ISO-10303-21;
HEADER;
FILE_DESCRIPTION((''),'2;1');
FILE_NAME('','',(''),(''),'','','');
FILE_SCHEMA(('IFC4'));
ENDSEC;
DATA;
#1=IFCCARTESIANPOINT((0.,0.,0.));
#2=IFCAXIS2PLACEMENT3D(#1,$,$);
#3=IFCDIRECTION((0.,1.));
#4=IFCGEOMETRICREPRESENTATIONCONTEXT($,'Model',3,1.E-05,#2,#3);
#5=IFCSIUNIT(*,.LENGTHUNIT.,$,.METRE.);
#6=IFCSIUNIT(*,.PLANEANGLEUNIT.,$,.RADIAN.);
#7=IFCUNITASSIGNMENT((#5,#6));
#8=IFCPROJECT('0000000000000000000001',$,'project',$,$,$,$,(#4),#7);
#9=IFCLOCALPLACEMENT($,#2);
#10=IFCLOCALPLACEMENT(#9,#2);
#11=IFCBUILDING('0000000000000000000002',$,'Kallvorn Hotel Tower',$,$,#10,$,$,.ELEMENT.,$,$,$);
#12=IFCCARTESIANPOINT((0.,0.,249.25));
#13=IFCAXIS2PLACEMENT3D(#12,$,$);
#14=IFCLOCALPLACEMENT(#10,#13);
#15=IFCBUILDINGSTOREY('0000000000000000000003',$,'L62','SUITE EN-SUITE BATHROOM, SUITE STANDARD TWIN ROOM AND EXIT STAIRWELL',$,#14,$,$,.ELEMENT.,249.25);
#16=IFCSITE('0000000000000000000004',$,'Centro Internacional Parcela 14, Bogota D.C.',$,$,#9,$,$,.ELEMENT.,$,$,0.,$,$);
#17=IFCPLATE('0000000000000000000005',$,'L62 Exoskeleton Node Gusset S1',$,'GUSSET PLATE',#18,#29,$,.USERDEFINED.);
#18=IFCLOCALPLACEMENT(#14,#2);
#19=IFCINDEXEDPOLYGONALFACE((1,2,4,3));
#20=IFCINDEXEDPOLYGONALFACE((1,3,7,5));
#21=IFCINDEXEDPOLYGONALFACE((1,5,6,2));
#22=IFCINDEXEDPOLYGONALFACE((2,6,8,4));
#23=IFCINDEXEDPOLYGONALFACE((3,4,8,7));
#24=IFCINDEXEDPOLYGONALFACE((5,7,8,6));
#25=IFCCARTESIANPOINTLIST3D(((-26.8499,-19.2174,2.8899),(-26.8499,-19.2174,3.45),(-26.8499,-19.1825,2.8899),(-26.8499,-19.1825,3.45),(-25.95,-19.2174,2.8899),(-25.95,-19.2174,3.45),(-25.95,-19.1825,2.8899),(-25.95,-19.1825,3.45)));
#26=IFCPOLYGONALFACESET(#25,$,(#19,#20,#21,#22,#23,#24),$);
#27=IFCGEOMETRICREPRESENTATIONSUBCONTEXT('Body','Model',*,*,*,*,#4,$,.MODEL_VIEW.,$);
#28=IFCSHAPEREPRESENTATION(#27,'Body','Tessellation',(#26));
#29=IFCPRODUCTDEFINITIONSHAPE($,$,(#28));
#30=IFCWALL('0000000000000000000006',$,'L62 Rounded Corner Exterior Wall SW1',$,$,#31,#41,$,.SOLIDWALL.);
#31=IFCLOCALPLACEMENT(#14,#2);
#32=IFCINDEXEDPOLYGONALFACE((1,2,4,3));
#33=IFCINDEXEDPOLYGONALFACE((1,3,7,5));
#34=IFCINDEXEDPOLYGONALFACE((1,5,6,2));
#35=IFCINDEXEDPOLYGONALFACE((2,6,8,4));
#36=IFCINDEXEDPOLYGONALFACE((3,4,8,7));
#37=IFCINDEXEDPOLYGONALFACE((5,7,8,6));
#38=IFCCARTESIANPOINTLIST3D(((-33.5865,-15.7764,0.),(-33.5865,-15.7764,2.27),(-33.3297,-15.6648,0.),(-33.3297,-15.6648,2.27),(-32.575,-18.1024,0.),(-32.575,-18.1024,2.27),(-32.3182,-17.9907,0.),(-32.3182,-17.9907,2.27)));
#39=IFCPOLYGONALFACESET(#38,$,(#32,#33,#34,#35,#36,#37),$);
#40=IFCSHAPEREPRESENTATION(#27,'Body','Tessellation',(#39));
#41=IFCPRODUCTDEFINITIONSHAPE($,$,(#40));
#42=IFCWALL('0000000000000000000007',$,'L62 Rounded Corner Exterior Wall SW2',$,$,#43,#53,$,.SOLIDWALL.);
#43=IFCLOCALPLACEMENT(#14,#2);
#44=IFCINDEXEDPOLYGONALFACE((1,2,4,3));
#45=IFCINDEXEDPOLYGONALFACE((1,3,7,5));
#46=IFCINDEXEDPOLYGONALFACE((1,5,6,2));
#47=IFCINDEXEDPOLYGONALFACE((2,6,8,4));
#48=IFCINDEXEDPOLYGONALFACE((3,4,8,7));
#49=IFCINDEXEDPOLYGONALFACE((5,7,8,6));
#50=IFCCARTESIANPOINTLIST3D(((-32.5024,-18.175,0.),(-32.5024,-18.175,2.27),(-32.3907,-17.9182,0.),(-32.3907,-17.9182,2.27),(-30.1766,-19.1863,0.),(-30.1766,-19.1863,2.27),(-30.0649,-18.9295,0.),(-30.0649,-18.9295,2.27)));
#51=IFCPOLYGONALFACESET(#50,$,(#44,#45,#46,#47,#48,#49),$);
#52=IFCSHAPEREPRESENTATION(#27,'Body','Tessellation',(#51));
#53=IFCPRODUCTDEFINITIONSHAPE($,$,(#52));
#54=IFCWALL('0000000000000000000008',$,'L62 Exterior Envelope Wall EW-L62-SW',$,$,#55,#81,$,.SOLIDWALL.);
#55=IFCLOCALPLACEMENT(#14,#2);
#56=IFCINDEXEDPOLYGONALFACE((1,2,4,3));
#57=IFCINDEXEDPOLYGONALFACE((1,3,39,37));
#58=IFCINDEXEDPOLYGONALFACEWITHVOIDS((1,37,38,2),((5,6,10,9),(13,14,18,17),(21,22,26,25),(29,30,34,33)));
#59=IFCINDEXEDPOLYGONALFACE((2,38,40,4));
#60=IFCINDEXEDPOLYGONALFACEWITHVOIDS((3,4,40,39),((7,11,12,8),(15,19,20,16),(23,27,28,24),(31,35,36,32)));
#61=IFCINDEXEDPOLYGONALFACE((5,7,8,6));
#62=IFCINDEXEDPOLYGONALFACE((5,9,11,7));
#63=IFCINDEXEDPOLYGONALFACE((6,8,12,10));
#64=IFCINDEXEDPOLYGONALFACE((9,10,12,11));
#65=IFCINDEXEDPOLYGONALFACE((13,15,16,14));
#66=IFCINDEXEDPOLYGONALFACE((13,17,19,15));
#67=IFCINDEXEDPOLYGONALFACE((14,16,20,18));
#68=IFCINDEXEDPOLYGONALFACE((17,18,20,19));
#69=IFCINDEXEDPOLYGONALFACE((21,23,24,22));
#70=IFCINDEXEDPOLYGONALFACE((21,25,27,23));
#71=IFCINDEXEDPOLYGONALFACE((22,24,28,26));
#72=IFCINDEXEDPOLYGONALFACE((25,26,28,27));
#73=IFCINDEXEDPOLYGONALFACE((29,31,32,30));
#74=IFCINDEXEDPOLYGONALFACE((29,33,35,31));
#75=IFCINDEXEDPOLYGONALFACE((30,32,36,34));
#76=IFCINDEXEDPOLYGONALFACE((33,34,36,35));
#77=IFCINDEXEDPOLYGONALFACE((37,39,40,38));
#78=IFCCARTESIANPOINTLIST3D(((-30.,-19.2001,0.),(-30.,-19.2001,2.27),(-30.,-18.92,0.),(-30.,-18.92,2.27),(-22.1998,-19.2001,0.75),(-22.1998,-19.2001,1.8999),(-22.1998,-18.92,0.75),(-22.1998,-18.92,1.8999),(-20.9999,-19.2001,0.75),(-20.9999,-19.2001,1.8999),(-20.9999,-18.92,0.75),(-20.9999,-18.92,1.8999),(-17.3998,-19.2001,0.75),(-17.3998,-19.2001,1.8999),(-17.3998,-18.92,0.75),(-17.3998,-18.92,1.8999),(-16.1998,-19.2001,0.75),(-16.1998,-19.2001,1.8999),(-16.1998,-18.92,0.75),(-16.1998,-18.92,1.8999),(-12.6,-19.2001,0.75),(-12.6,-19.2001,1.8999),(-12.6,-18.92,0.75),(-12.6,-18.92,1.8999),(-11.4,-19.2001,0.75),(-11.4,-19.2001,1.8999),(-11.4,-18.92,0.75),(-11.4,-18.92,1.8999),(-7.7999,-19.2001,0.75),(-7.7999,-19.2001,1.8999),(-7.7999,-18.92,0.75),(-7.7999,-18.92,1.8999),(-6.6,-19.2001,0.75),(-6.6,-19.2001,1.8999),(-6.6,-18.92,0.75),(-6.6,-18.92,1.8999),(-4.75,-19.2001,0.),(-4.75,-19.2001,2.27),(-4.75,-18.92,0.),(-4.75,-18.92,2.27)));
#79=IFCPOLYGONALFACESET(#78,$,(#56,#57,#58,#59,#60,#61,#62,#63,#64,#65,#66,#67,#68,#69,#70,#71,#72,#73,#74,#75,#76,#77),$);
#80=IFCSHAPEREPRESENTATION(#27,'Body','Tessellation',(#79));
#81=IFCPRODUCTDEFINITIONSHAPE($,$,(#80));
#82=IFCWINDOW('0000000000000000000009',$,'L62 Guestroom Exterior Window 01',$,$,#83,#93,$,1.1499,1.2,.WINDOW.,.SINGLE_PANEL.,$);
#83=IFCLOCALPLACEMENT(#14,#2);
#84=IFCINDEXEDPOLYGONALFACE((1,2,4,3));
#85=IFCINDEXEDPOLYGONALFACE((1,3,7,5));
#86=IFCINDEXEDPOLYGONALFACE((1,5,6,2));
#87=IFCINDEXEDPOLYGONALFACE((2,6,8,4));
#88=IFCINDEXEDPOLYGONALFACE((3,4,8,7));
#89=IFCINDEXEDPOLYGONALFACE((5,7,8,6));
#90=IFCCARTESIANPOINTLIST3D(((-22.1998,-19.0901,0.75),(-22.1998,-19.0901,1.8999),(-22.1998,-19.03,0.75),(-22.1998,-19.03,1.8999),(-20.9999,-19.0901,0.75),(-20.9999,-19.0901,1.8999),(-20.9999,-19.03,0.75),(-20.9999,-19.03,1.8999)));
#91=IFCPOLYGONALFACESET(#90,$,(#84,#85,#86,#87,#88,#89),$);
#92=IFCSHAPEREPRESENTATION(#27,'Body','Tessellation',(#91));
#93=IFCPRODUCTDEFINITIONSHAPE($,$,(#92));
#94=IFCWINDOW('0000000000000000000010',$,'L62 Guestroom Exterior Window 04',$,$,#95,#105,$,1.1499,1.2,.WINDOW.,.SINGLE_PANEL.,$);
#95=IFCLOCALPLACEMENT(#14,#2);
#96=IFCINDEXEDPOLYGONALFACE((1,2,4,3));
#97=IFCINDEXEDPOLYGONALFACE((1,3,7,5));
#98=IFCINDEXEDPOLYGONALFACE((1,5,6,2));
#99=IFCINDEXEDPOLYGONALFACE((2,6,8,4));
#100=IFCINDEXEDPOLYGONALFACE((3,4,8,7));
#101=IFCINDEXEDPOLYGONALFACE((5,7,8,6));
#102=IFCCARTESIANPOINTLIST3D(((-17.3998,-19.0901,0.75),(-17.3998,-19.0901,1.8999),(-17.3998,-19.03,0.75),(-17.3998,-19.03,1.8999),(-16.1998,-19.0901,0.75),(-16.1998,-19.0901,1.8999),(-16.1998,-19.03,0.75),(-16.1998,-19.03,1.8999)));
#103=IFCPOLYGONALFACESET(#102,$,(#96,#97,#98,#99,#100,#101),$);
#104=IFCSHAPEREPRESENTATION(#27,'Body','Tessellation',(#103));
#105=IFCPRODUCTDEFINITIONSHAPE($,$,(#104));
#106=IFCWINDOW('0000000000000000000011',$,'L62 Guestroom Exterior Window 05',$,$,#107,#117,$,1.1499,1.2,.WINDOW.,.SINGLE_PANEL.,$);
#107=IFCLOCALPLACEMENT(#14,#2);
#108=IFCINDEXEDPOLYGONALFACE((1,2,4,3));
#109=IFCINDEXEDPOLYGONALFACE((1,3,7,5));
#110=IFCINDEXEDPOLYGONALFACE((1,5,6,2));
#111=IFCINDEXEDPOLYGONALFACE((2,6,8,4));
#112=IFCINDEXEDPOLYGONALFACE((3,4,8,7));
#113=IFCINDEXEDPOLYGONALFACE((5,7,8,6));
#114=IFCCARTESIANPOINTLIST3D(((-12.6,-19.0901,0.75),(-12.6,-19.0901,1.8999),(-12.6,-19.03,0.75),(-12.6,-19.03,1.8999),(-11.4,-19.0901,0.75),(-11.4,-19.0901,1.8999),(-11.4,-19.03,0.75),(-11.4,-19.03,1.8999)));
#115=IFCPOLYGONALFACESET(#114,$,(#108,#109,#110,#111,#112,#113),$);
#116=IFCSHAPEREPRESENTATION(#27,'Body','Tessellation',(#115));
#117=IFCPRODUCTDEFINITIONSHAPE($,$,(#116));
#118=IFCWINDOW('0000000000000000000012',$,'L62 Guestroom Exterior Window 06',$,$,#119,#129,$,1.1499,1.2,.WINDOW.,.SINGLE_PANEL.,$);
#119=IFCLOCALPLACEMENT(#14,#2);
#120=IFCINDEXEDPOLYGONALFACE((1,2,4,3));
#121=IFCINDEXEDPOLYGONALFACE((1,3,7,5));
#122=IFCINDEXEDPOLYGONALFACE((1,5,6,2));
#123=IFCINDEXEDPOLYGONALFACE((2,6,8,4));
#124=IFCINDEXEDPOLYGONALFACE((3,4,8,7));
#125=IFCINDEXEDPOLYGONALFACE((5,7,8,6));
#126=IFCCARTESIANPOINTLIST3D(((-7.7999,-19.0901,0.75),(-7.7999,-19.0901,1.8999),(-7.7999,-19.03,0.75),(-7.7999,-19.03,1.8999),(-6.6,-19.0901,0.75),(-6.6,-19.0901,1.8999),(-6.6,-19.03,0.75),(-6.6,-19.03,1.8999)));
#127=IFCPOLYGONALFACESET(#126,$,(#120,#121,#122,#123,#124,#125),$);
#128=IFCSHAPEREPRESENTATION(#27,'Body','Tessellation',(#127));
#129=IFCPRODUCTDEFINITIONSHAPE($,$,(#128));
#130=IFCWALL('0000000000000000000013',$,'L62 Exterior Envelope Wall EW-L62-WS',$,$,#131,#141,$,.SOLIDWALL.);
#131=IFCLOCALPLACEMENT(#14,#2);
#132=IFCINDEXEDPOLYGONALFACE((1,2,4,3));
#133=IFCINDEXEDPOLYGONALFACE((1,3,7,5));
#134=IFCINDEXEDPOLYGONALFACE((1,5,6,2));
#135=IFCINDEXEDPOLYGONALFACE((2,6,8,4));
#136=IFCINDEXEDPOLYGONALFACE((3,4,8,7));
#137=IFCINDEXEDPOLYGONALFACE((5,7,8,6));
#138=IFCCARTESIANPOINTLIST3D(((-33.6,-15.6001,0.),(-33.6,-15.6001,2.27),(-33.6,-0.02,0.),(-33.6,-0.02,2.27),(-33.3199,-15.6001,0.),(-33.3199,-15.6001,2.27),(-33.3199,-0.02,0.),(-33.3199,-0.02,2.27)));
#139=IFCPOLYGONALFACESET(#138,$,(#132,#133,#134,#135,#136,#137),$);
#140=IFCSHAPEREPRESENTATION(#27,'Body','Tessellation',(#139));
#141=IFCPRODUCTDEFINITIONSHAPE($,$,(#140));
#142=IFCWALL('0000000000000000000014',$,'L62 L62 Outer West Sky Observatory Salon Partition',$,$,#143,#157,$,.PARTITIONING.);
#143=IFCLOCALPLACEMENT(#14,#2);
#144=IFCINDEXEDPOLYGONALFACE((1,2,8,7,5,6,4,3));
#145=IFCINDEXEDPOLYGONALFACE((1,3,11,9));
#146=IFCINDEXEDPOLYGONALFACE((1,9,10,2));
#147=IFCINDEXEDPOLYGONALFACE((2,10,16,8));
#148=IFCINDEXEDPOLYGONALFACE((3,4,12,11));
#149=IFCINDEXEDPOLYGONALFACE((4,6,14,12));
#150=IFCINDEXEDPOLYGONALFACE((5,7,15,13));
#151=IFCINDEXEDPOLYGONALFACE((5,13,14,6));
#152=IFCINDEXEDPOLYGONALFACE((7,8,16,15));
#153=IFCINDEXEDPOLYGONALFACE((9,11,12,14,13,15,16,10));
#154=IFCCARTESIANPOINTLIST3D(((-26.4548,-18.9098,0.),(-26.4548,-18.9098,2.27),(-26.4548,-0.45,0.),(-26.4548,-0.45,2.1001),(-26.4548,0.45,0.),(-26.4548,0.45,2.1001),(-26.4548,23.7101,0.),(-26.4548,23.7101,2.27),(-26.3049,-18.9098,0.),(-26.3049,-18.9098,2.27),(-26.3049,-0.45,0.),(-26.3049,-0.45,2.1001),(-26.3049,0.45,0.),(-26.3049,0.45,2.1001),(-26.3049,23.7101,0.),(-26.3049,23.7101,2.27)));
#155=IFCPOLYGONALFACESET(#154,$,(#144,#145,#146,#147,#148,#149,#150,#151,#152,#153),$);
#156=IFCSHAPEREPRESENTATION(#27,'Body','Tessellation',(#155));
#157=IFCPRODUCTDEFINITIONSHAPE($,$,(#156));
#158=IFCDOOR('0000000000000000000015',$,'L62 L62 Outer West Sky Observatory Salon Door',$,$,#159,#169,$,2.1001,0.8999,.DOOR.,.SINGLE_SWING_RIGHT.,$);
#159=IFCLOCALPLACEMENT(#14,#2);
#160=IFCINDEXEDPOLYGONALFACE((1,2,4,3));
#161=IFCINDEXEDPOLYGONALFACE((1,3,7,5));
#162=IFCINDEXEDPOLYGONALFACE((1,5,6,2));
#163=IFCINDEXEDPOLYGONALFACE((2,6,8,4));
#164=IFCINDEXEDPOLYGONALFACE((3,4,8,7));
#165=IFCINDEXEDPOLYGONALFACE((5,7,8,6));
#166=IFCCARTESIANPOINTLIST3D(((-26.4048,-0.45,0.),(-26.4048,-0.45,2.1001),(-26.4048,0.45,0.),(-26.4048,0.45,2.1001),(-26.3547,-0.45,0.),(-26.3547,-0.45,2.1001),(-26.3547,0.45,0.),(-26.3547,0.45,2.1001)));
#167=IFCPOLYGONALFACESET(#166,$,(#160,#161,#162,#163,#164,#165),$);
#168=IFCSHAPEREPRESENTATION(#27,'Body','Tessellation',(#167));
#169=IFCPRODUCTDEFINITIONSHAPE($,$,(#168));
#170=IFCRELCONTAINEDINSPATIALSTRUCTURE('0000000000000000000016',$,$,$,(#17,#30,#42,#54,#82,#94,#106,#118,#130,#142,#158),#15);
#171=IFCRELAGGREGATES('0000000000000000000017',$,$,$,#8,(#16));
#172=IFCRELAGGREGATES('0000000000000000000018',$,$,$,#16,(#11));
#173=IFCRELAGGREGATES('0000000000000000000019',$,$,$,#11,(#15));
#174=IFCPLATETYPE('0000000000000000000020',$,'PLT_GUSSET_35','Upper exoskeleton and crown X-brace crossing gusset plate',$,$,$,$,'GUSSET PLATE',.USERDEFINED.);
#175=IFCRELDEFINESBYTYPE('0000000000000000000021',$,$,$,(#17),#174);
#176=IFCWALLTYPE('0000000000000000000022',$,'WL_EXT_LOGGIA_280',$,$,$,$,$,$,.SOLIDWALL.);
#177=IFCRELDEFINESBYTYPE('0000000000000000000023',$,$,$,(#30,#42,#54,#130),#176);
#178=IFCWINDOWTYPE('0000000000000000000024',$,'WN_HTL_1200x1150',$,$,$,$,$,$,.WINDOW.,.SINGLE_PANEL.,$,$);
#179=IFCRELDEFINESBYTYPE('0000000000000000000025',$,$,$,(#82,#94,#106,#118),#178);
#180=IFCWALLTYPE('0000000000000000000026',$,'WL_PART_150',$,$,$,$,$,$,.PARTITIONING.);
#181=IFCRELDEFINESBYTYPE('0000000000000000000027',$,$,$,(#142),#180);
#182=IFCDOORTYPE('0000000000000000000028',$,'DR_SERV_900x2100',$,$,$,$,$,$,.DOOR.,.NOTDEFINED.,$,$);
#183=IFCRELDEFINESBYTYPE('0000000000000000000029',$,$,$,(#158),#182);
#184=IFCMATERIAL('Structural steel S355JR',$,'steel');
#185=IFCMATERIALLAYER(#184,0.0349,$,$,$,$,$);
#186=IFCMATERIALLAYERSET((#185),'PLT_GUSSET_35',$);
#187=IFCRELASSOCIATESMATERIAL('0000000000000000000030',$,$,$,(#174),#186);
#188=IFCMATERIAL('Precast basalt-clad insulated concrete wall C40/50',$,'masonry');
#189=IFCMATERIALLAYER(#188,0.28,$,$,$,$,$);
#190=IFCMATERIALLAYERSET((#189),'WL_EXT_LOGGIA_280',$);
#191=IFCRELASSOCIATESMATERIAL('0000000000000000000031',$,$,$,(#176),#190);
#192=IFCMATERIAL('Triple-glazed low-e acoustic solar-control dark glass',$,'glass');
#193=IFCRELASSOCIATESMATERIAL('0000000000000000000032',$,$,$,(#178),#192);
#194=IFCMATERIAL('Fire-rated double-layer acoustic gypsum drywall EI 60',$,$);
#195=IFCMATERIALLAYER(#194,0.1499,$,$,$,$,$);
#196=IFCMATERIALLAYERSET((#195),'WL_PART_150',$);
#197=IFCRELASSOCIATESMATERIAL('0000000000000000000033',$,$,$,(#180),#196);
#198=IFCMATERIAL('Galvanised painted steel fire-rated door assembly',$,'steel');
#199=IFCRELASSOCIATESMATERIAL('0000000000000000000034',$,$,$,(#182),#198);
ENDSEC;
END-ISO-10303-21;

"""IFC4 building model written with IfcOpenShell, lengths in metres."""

from ifc_helpers import new_model, si_unit, direction, frame, frame_2d, origin, origin_2d, place, context, subcontext, project, spatial, rectangle, extrude, material, layer, layer_set, type_object, element, fill, save


model = new_model("IFC4")

# Units and contexts
model_context = context("Model", 3, precision=1e-05, world=origin(), true_north=direction((0.0, 1.0)))
body_context = subcontext(model_context, "Body", "Model", "MODEL_VIEW")
ifc_project = project(units=[si_unit("LENGTHUNIT", "METRE"), si_unit("PLANEANGLEUNIT", "RADIAN")], contexts=[model_context])

# Site, building, storey
site_placement = place(None, origin())
site = spatial("IfcSite", under=ifc_project, at=site_placement, Name="Centro Internacional Parcela 14, Bogota D.C.", CompositionType="ELEMENT", RefElevation=0.0)
building_placement = place(site_placement, origin())
building = spatial("IfcBuilding", under=site, at=building_placement, Name="Kallvorn Hotel Tower", CompositionType="ELEMENT")
storey_placement = place(building_placement, frame((0.0, 0.0, 249.25)))
storey = spatial("IfcBuildingStorey", under=building, at=storey_placement, Name="L62", Description="SUITE EN-SUITE BATHROOM, SUITE STANDARD TWIN ROOM AND EXIT STAIRWELL", CompositionType="ELEMENT", Elevation=249.25)

# Plate
ifc_material_1 = material(Name="Structural steel S355JR", Category="steel")
ifc_layer_1 = layer(ifc_material_1, 0.0349)
ifc_layer_set_1 = layer_set([ifc_layer_1], Name="PLT_GUSSET_35")
plate_type_1 = type_object("IfcPlateType", Name="PLT_GUSSET_35", Description="Upper exoskeleton and crown X-brace crossing gusset plate", ElementType="GUSSET PLATE", PredefinedType="USERDEFINED", material=ifc_layer_set_1)
plate_1_placement = place(storey_placement, frame((-26.3999, -19.2, 2.8899), z_axis=(0.0, 0.0, 1.0), x_axis=(1.0, 0.0, 0.0)))
element("IfcPlate", 1, at=plate_1_placement, inside=storey, type_object=plate_type_1, Name="L62 Exoskeleton Node Gusset S1", ObjectType="GUSSET PLATE", PredefinedType="USERDEFINED", context=body_context, shape_type="SweptSolid", body=[
    extrude(rectangle(XDim=0.8999, YDim=0.0349, at=origin_2d()), origin(), (0.0, 0.0, 1.0), 0.5601),
])

# Walls
ifc_material_2 = material(Name="Precast basalt-clad insulated concrete wall C40/50", Category="masonry")
ifc_layer_2 = layer(ifc_material_2, 0.28)
ifc_layer_set_2 = layer_set([ifc_layer_2], Name="WL_EXT_LOGGIA_280")
wall_type_1 = type_object("IfcWallType", Name="WL_EXT_LOGGIA_280", PredefinedType="SOLIDWALL", material=ifc_layer_set_2)
wall_1_placement = place(storey_placement, frame((-33.458, -15.7207, 0.0), z_axis=(0.0, 0.0, 1.0), x_axis=(0.398793, -0.917041, 0.0)))
element("IfcWall", 2, at=wall_1_placement, inside=storey, type_object=wall_type_1, Name="L62 Rounded Corner Exterior Wall SW1", PredefinedType="SOLIDWALL", context=body_context, shape_type="SweptSolid", body=[
    extrude(rectangle(XDim=2.5364, YDim=0.28, at=frame_2d((1.2681, 0.0))), origin(), (0.0, 0.0, 1.0), 2.27),
])
wall_2_placement = place(storey_placement, frame((-32.4465, -18.0466, 0.0), z_axis=(0.0, 0.0, 1.0), x_axis=(0.917061, -0.398747, 0.0)))
element("IfcWall", 3, at=wall_2_placement, inside=storey, type_object=wall_type_1, Name="L62 Rounded Corner Exterior Wall SW2", PredefinedType="SOLIDWALL", context=body_context, shape_type="SweptSolid", body=[
    extrude(rectangle(XDim=2.5361, YDim=0.28, at=frame_2d((1.2681, 0.0))), origin(), (0.0, 0.0, 1.0), 2.27),
])

# Wall, openings, windows
wall_3_placement = place(storey_placement, frame((-30.0, -19.0601, 0.0), z_axis=(0.0, 0.0, 1.0), x_axis=(1.0, 0.0, 0.0)))
wall_3 = element("IfcWall", 4, at=wall_3_placement, inside=storey, type_object=wall_type_1, Name="L62 Exterior Envelope Wall EW-L62-SW", PredefinedType="SOLIDWALL", context=body_context, shape_type="SweptSolid", body=[
    extrude(rectangle(XDim=25.25, YDim=0.28, at=frame_2d((12.625, 0.0))), origin(), (0.0, 0.0, 1.0), 2.27),
])
opening_1_placement = place(wall_3_placement, frame((7.8, 0.0, 0.75)))
opening_1 = element("IfcOpeningElement", 5, at=opening_1_placement, cuts=wall_3, PredefinedType="OPENING", context=body_context, shape_type="SweptSolid", body=[
    extrude(rectangle(XDim=1.2, YDim=1.1499, at=frame_2d((0.6001, 0.575))), frame((0.0, 0.155, 0.0), z_axis=(0.0, -1.0, 0.0), x_axis=(1.0, 0.0, 0.0)), (0.0, 0.0, 1.0), 0.3101),
])
opening_2_placement = place(wall_3_placement, frame((12.6001, 0.0, 0.75)))
opening_2 = element("IfcOpeningElement", 6, at=opening_2_placement, cuts=wall_3, PredefinedType="OPENING", context=body_context, shape_type="SweptSolid", body=[
    extrude(rectangle(XDim=1.2, YDim=1.1499, at=frame_2d((0.6001, 0.575))), frame((0.0, 0.155, 0.0), z_axis=(0.0, -1.0, 0.0), x_axis=(1.0, 0.0, 0.0)), (0.0, 0.0, 1.0), 0.3101),
])
opening_3_placement = place(wall_3_placement, frame((17.3999, 0.0, 0.75)))
opening_3 = element("IfcOpeningElement", 7, at=opening_3_placement, cuts=wall_3, PredefinedType="OPENING", context=body_context, shape_type="SweptSolid", body=[
    extrude(rectangle(XDim=1.2, YDim=1.1499, at=frame_2d((0.6001, 0.575))), frame((0.0, 0.155, 0.0), z_axis=(0.0, -1.0, 0.0), x_axis=(1.0, 0.0, 0.0)), (0.0, 0.0, 1.0), 0.3101),
])
opening_4_placement = place(wall_3_placement, frame((22.2, 0.0, 0.75)))
opening_4 = element("IfcOpeningElement", 8, at=opening_4_placement, cuts=wall_3, PredefinedType="OPENING", context=body_context, shape_type="SweptSolid", body=[
    extrude(rectangle(XDim=1.2, YDim=1.1499, at=frame_2d((0.6001, 0.575))), frame((0.0, 0.155, 0.0), z_axis=(0.0, -1.0, 0.0), x_axis=(1.0, 0.0, 0.0)), (0.0, 0.0, 1.0), 0.3101),
])
ifc_material_3 = material(Name="Triple-glazed low-e acoustic solar-control dark glass", Category="glass")
window_type = type_object("IfcWindowType", Name="WN_HTL_1200x1150", PartitioningType="SINGLE_PANEL", PredefinedType="WINDOW", material=ifc_material_3)
window_1_placement = place(opening_1_placement, origin())
window_1 = element("IfcWindow", 9, at=window_1_placement, inside=storey, type_object=window_type, Name="L62 Guestroom Exterior Window 01", OverallHeight=1.1499, OverallWidth=1.2, PartitioningType="SINGLE_PANEL", PredefinedType="WINDOW", context=body_context, shape_type="SweptSolid", body=[
    extrude(rectangle(XDim=1.2, YDim=1.1499, at=frame_2d((0.6001, 0.575))), frame((0.0, 0.03, 0.0), z_axis=(0.0, -1.0, 0.0), x_axis=(1.0, 0.0, 0.0)), (0.0, 0.0, 1.0), 0.0601),
])
fill(opening_1, window_1)
window_2_placement = place(opening_2_placement, origin())
window_2 = element("IfcWindow", 10, at=window_2_placement, inside=storey, type_object=window_type, Name="L62 Guestroom Exterior Window 04", OverallHeight=1.1499, OverallWidth=1.2, PartitioningType="SINGLE_PANEL", PredefinedType="WINDOW", context=body_context, shape_type="SweptSolid", body=[
    extrude(rectangle(XDim=1.2, YDim=1.1499, at=frame_2d((0.6001, 0.575))), frame((0.0, 0.03, 0.0), z_axis=(0.0, -1.0, 0.0), x_axis=(1.0, 0.0, 0.0)), (0.0, 0.0, 1.0), 0.0601),
])
fill(opening_2, window_2)
window_3_placement = place(opening_3_placement, origin())
window_3 = element("IfcWindow", 11, at=window_3_placement, inside=storey, type_object=window_type, Name="L62 Guestroom Exterior Window 05", OverallHeight=1.1499, OverallWidth=1.2, PartitioningType="SINGLE_PANEL", PredefinedType="WINDOW", context=body_context, shape_type="SweptSolid", body=[
    extrude(rectangle(XDim=1.2, YDim=1.1499, at=frame_2d((0.6001, 0.575))), frame((0.0, 0.03, 0.0), z_axis=(0.0, -1.0, 0.0), x_axis=(1.0, 0.0, 0.0)), (0.0, 0.0, 1.0), 0.0601),
])
fill(opening_3, window_3)
window_4_placement = place(opening_4_placement, origin())
window_4 = element("IfcWindow", 12, at=window_4_placement, inside=storey, type_object=window_type, Name="L62 Guestroom Exterior Window 06", OverallHeight=1.1499, OverallWidth=1.2, PartitioningType="SINGLE_PANEL", PredefinedType="WINDOW", context=body_context, shape_type="SweptSolid", body=[
    extrude(rectangle(XDim=1.2, YDim=1.1499, at=frame_2d((0.6001, 0.575))), frame((0.0, 0.03, 0.0), z_axis=(0.0, -1.0, 0.0), x_axis=(1.0, 0.0, 0.0)), (0.0, 0.0, 1.0), 0.0601),
])
fill(opening_4, window_4)

# Wall
wall_4_placement = place(storey_placement, frame((-33.46, -15.6001, 0.0), z_axis=(0.0, 0.0, 1.0), x_axis=(0.0, 1.0, 0.0)))
element("IfcWall", 13, at=wall_4_placement, inside=storey, type_object=wall_type_1, Name="L62 Exterior Envelope Wall EW-L62-WS", PredefinedType="SOLIDWALL", context=body_context, shape_type="SweptSolid", body=[
    extrude(rectangle(XDim=15.5801, YDim=0.28, at=frame_2d((7.79, 0.0))), origin(), (0.0, 0.0, 1.0), 2.27),
])

# Wall, opening, door
ifc_material_4 = material(Name="Fire-rated double-layer acoustic gypsum drywall EI 60")
ifc_layer_3 = layer(ifc_material_4, 0.1499)
ifc_layer_set_3 = layer_set([ifc_layer_3], Name="WL_PART_150")
wall_type_2 = type_object("IfcWallType", Name="WL_PART_150", PredefinedType="PARTITIONING", material=ifc_layer_set_3)
wall_5_placement = place(storey_placement, frame((-26.3799, -18.9099, 0.0), z_axis=(0.0, 0.0, 1.0), x_axis=(0.0, 1.0, 0.0)))
wall_5 = element("IfcWall", 14, at=wall_5_placement, inside=storey, type_object=wall_type_2, Name="L62 L62 Outer West Sky Observatory Salon Partition", PredefinedType="PARTITIONING", context=body_context, shape_type="SweptSolid", body=[
    extrude(rectangle(XDim=42.6199, YDim=0.1499, at=frame_2d((21.3101, 0.0))), origin(), (0.0, 0.0, 1.0), 2.27),
])
opening_5_placement = place(wall_5_placement, frame((18.46, 0.0, 0.0)))
opening_5 = element("IfcOpeningElement", 15, at=opening_5_placement, cuts=wall_5, PredefinedType="OPENING", context=body_context, shape_type="SweptSolid", body=[
    extrude(rectangle(XDim=0.8999, YDim=2.1001, at=frame_2d((0.45, 1.05))), frame((0.0, 0.0898, 0.0), z_axis=(0.0, -1.0, 0.0), x_axis=(1.0, 0.0, 0.0)), (0.0, 0.0, 1.0), 0.1799),
])
ifc_material_5 = material(Name="Galvanised painted steel fire-rated door assembly", Category="steel")
door_type = type_object("IfcDoorType", Name="DR_SERV_900x2100", OperationType="NOTDEFINED", PredefinedType="DOOR", material=ifc_material_5)
door_placement = place(opening_5_placement, origin())
door = element("IfcDoor", 16, at=door_placement, inside=storey, type_object=door_type, Name="L62 L62 Outer West Sky Observatory Salon Door", OperationType="SINGLE_SWING_RIGHT", OverallHeight=2.1001, OverallWidth=0.8999, PredefinedType="DOOR", context=body_context, shape_type="SweptSolid", body=[
    extrude(rectangle(XDim=0.8999, YDim=2.1001, at=frame_2d((0.45, 1.05))), frame((0.0, 0.0249, 0.0), z_axis=(0.0, -1.0, 0.0), x_axis=(1.0, 0.0, 0.0)), (0.0, 0.0, 1.0), 0.05),
])
fill(opening_5, door)

save(model, "model.ifc")
